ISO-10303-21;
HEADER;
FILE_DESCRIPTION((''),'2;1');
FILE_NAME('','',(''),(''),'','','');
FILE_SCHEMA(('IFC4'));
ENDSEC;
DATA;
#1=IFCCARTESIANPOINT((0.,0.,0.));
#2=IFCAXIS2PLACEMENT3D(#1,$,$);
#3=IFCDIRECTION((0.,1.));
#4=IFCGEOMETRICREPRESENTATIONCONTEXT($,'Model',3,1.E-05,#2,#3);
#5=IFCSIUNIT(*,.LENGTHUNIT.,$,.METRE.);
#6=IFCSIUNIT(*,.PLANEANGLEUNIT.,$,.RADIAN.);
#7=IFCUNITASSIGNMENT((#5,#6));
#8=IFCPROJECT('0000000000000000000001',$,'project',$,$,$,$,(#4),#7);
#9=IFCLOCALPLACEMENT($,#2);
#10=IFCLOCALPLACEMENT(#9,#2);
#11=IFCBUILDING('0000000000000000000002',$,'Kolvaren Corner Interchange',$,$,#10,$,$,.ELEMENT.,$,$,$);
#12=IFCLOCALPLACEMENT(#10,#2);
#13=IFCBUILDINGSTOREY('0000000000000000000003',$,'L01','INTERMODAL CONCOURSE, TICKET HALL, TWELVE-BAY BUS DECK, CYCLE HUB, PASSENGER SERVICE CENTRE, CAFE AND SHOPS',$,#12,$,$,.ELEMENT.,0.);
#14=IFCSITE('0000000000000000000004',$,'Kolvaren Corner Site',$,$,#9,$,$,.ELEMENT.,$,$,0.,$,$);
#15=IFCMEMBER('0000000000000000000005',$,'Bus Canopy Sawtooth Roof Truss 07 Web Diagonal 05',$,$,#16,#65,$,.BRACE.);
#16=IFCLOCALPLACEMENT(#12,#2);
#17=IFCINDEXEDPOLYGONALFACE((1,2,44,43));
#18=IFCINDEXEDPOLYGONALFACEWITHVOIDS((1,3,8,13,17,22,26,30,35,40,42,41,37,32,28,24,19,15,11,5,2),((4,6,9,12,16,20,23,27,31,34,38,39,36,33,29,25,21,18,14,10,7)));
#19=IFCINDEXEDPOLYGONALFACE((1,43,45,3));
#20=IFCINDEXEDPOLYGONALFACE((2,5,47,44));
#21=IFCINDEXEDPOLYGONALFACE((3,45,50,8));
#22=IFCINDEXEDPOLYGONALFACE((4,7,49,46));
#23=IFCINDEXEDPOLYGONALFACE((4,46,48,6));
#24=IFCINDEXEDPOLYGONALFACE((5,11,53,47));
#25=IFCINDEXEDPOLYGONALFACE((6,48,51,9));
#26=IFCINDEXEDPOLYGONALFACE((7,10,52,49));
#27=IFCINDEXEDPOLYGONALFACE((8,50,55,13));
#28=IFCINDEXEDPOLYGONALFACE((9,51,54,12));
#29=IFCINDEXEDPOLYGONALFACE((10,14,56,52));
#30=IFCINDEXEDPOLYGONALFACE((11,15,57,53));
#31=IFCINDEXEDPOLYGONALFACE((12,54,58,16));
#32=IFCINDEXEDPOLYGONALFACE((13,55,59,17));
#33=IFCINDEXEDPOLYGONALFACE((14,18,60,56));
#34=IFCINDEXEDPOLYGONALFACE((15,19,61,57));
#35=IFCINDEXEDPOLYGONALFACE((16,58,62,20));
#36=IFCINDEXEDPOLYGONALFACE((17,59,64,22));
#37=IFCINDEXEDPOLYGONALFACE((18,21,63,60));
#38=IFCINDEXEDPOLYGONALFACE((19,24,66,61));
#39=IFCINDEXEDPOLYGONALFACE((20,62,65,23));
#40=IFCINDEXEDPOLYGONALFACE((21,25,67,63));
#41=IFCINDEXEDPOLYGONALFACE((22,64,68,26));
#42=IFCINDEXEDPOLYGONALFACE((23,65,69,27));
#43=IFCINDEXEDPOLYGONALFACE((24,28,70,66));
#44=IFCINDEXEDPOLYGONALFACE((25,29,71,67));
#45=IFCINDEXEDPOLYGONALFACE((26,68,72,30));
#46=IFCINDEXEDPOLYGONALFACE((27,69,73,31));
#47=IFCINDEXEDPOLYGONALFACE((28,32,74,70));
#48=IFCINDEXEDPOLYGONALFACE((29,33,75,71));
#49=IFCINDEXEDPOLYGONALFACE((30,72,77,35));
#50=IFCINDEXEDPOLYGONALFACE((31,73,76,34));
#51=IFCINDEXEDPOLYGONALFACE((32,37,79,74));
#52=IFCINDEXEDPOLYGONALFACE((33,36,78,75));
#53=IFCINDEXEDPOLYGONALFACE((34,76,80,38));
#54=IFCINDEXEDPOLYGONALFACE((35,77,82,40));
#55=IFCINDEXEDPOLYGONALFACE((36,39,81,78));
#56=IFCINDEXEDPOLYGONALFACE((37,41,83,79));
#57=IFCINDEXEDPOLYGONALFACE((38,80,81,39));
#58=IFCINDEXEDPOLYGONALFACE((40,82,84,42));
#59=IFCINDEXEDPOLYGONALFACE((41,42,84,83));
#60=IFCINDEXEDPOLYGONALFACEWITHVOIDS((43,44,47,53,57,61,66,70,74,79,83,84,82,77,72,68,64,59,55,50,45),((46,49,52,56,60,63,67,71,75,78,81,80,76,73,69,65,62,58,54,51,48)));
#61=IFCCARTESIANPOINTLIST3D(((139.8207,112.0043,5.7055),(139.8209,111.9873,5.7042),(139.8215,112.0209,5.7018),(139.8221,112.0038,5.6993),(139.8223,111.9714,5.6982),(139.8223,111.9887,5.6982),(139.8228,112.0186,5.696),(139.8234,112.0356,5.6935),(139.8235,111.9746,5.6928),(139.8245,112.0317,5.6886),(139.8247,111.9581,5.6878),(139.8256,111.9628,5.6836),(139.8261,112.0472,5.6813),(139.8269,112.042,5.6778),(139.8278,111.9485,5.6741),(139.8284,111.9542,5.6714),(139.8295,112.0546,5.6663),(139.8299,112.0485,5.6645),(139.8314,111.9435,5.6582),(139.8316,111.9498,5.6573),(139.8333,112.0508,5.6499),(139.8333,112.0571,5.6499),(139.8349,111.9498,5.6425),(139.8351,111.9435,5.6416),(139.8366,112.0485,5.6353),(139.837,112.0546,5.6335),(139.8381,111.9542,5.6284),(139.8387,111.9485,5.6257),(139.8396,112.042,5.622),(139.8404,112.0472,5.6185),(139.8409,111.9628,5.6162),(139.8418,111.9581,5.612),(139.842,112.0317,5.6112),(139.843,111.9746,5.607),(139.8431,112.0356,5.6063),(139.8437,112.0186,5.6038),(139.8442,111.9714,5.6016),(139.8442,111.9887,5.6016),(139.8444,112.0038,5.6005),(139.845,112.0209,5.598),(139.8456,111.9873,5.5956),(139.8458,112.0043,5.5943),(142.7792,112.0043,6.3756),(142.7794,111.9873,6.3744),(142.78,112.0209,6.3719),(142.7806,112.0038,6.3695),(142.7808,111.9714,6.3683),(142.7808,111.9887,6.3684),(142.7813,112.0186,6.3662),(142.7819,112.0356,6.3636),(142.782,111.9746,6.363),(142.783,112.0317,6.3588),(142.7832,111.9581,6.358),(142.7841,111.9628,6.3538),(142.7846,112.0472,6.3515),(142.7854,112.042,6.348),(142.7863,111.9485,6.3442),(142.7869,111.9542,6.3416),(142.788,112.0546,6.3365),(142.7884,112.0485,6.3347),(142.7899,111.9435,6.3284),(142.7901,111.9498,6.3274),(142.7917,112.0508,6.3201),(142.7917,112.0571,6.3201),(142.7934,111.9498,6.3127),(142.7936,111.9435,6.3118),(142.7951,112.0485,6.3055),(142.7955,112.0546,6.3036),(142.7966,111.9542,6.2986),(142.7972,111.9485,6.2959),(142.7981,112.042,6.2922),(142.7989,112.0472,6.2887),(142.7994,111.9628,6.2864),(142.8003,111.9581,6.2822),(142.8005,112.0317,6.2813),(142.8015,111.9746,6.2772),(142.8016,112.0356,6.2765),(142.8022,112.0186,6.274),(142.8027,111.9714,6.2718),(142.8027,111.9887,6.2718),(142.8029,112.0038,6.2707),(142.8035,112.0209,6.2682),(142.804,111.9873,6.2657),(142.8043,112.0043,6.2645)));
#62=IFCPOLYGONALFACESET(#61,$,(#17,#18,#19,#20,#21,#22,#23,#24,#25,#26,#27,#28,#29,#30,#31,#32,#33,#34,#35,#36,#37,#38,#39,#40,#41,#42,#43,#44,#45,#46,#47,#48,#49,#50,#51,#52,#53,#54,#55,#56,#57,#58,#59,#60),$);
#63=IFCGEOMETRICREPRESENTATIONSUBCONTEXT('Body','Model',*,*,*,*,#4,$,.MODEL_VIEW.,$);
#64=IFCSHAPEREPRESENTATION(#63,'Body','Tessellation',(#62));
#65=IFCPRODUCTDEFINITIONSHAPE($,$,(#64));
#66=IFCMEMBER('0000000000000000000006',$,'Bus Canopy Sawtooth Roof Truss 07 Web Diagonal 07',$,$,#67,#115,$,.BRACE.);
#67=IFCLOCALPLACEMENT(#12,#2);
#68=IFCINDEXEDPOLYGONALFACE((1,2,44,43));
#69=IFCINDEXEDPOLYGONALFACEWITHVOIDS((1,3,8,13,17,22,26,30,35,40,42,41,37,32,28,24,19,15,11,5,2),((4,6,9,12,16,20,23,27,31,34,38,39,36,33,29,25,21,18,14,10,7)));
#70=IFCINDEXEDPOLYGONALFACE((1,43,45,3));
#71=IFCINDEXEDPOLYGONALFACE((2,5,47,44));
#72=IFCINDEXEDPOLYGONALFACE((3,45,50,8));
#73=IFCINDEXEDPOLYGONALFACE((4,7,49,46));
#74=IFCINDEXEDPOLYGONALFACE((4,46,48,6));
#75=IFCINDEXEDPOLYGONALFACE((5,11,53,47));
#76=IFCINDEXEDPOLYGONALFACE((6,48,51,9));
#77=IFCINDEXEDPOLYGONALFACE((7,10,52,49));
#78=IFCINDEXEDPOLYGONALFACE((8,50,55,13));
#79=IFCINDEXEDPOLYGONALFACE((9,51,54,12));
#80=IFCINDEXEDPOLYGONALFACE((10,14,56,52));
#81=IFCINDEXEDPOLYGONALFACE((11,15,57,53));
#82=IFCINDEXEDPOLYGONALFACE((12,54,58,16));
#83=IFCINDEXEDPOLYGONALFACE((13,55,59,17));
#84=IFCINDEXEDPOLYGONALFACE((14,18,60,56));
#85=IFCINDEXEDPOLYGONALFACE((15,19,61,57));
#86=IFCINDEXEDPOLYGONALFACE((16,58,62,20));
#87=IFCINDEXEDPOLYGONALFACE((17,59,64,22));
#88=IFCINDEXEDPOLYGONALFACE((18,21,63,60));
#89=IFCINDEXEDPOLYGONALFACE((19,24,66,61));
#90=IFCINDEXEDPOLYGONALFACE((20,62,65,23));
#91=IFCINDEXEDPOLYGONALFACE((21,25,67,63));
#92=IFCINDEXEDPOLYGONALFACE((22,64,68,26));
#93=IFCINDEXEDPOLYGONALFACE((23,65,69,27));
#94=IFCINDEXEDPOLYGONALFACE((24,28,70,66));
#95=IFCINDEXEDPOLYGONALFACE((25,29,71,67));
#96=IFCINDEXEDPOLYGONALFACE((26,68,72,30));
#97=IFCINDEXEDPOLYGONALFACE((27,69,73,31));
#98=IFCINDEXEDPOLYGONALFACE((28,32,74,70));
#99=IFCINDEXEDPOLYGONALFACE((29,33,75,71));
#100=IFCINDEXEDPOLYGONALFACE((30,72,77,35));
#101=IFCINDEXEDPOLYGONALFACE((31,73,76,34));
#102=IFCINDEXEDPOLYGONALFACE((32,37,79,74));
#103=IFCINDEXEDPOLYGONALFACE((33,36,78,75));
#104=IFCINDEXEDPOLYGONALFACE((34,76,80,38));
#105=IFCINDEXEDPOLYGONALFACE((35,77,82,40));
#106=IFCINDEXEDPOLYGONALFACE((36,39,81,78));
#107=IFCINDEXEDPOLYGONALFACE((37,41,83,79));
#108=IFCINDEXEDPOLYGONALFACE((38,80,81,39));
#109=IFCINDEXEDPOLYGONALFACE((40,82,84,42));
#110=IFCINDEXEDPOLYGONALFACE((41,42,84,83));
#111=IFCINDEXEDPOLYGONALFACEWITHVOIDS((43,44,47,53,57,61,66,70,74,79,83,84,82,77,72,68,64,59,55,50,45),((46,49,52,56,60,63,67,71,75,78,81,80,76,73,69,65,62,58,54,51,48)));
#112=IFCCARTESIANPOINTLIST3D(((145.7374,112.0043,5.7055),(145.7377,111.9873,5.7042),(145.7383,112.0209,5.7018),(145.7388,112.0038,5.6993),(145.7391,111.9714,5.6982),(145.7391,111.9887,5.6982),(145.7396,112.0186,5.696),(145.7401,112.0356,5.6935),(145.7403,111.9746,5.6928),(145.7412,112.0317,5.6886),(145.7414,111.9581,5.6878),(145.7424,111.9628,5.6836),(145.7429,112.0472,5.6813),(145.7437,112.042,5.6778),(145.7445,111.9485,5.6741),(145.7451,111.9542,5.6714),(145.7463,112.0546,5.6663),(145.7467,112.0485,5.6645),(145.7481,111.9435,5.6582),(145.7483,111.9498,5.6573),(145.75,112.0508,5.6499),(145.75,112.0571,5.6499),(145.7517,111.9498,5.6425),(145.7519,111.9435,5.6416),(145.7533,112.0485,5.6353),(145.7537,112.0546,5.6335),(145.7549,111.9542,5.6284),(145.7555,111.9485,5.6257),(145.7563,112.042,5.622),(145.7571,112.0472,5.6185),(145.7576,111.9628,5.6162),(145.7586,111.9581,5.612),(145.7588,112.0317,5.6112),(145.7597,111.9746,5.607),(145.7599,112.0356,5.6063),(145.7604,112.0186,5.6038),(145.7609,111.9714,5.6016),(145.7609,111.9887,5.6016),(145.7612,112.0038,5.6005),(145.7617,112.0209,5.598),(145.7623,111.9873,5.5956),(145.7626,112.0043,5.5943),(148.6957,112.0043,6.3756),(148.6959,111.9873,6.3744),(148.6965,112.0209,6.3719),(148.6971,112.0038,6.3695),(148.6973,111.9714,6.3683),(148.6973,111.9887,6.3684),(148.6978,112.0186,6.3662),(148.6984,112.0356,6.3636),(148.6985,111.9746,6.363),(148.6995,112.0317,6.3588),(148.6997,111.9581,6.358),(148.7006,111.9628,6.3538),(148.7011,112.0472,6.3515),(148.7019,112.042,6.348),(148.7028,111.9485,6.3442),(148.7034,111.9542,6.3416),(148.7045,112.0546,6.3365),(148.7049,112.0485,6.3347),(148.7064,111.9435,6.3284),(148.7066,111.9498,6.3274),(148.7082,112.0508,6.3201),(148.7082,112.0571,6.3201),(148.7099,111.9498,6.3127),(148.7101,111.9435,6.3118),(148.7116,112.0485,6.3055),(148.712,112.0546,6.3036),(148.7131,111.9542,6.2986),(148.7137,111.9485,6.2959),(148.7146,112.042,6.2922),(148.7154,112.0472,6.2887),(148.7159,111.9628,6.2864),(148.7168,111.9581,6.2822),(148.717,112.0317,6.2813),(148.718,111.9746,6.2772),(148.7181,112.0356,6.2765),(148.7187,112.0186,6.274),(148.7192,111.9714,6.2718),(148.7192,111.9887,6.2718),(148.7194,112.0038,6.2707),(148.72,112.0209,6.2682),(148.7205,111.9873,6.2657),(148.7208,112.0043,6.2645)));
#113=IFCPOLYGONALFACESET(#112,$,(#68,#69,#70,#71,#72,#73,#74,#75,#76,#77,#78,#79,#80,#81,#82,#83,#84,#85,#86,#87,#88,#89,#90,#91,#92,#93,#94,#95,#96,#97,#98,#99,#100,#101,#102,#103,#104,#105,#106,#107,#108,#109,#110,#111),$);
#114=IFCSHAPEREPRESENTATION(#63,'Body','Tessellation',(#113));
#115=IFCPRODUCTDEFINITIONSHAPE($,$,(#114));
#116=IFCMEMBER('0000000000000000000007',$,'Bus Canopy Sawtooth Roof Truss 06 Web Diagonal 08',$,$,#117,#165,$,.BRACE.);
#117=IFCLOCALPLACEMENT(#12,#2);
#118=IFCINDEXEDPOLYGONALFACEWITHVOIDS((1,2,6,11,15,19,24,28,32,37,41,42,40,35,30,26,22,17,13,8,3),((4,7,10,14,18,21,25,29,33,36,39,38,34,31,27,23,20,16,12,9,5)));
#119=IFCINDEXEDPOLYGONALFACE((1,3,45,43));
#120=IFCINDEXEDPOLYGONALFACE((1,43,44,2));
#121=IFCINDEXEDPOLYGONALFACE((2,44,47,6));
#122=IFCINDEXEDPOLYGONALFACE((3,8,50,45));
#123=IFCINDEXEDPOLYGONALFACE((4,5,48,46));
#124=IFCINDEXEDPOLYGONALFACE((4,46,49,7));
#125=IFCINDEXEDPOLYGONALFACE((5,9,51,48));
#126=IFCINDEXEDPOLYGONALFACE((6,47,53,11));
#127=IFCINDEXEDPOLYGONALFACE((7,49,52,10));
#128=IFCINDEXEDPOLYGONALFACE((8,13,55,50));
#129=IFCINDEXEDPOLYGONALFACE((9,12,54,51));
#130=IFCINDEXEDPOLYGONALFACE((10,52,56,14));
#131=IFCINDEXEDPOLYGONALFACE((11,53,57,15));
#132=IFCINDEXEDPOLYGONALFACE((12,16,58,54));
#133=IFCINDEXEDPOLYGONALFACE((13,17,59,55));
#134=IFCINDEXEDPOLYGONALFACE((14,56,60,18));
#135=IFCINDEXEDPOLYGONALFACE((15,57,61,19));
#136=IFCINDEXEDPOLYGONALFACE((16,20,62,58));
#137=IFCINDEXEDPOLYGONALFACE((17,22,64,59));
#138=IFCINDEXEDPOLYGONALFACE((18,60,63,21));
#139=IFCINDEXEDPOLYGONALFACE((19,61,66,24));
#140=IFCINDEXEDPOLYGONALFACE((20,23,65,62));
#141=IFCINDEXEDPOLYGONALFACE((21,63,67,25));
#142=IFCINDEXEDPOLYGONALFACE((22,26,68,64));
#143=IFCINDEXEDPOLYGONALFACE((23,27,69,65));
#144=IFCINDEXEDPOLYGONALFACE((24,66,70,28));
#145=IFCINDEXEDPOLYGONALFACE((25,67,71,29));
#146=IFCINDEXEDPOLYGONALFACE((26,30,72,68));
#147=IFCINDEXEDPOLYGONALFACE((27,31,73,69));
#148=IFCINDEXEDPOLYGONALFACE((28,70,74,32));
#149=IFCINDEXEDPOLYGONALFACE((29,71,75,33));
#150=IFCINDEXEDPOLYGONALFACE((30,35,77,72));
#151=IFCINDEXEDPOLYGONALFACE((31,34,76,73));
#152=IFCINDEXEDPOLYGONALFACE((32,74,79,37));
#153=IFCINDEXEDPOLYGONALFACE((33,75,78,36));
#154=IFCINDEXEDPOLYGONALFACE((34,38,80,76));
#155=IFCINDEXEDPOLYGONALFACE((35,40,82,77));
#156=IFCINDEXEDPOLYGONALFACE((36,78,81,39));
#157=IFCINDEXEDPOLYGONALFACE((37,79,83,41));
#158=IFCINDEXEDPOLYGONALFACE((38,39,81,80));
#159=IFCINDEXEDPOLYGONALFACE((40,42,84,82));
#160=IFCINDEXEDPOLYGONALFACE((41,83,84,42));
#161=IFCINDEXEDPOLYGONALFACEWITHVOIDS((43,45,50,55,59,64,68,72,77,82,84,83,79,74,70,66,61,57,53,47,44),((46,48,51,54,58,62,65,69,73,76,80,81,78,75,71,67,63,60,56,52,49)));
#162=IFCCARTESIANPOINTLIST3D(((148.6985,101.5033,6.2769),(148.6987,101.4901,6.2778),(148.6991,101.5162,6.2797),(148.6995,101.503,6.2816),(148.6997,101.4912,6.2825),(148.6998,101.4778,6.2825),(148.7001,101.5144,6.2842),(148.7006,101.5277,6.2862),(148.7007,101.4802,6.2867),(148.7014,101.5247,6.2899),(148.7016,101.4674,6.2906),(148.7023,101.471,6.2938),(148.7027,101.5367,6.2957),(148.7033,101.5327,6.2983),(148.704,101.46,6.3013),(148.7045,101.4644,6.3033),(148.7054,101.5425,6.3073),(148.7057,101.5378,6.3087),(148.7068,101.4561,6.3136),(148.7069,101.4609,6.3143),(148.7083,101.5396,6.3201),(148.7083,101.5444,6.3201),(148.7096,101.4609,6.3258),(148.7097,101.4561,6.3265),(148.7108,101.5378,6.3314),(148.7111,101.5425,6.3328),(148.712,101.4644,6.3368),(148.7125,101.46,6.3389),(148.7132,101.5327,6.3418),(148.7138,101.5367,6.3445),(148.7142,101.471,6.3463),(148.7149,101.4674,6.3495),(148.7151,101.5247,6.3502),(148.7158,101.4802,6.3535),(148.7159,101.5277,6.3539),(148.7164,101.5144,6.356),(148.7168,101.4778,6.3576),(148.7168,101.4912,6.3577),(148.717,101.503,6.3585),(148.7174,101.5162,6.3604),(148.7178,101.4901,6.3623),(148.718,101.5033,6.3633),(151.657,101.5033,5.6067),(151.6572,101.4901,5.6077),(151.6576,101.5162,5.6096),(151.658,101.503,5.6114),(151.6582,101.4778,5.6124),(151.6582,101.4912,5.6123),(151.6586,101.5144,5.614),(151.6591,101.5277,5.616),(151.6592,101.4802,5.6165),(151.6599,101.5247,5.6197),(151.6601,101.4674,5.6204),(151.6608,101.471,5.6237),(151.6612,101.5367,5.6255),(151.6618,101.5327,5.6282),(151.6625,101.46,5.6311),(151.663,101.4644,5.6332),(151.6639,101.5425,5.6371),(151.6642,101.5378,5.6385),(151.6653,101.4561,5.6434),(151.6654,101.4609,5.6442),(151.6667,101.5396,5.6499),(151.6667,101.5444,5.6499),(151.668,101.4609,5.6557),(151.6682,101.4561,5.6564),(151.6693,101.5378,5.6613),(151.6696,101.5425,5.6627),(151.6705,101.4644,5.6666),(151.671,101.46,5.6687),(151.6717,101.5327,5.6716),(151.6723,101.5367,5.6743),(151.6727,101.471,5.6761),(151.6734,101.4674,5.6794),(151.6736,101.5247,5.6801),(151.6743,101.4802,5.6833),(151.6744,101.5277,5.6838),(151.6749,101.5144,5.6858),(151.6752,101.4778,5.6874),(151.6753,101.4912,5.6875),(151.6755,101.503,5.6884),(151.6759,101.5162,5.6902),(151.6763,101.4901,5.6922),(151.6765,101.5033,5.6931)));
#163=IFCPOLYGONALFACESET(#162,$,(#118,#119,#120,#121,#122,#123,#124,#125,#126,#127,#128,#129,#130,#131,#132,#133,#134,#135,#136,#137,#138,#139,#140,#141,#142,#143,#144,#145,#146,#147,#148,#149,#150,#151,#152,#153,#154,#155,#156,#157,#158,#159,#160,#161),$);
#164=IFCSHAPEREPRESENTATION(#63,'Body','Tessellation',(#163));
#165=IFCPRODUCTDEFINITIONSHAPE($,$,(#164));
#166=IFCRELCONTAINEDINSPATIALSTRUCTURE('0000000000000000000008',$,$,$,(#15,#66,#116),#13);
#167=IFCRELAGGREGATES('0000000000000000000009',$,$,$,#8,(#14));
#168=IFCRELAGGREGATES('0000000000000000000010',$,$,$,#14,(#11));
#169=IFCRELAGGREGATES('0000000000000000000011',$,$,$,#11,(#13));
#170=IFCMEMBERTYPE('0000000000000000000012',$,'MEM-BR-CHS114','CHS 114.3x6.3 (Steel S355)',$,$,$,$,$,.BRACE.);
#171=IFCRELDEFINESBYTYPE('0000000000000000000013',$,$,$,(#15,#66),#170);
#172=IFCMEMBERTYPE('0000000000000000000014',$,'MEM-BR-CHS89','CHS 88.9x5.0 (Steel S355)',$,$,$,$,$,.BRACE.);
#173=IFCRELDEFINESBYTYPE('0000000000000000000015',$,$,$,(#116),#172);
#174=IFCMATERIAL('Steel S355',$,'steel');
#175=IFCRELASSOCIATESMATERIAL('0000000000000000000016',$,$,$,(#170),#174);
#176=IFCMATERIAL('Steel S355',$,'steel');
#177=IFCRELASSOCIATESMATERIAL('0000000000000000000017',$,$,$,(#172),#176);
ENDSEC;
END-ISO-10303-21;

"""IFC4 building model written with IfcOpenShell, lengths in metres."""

from ifc_helpers import new_model, si_unit, direction, frame, origin, origin_2d, place, context, subcontext, project, spatial, hollow_circle, extrude, material, material_profile, profile_set, type_object, element, save


model = new_model("IFC4")

# Units and contexts
model_context = context("Model", 3, precision=1e-05, world=origin(), true_north=direction((0.0, 1.0)))
body_context = subcontext(model_context, "Body", "Model", "MODEL_VIEW")
ifc_project = project(units=[si_unit("LENGTHUNIT", "METRE"), si_unit("PLANEANGLEUNIT", "RADIAN")], contexts=[model_context])

# Site, building, storey
site_placement = place(None, origin())
site = spatial("IfcSite", under=ifc_project, at=site_placement, Name="Kolvaren Corner Site", CompositionType="ELEMENT", RefElevation=0.0)
building_placement = place(site_placement, origin())
building = spatial("IfcBuilding", under=site, at=building_placement, Name="Kolvaren Corner Interchange", CompositionType="ELEMENT")
storey_placement = place(building_placement, origin())
storey = spatial("IfcBuildingStorey", under=building, at=storey_placement, Name="L01", Description="INTERMODAL CONCOURSE, TICKET HALL, TWELVE-BAY BUS DECK, CYCLE HUB, PASSENGER SERVICE CENTRE, CAFE AND SHOPS", CompositionType="ELEMENT", Elevation=0.0)

# Members
ifc_material_1 = material(Name="Steel S355", Category="steel")
ifc_material_profile_1 = material_profile(ifc_material_1, hollow_circle(Radius=0.0571, WallThickness=0.0063, at=origin_2d()), Name="CHS 114.3x6.3")
ifc_profile_set_1 = profile_set([ifc_material_profile_1], Name="Steel S355")
member_type_1 = type_object("IfcMemberType", Name="MEM-BR-CHS114", Description="CHS 114.3x6.3 (Steel S355)", PredefinedType="BRACE", material=ifc_profile_set_1)
member_1_placement = place(storey_placement, frame((139.8333, 112.0, 5.6499), z_axis=(0.975291, 0.0, 0.220925), x_axis=(0.0, 1.0, 0.0)))
element("IfcMember", 1, at=member_1_placement, inside=storey, type_object=member_type_1, Name="Bus Canopy Sawtooth Roof Truss 07 Web Diagonal 05", PredefinedType="BRACE", context=body_context, shape_type="SweptSolid", body=[
    extrude(hollow_circle(Radius=0.0571, WallThickness=0.0063, at=origin_2d()), origin(), (0.0, 0.0, 1.0), 3.0334),
])
member_2_placement = place(storey_placement, frame((145.75, 112.0, 5.6499), z_axis=(0.975287, 0.0, 0.220943), x_axis=(0.0, 1.0, 0.0)))
element("IfcMember", 2, at=member_2_placement, inside=storey, type_object=member_type_1, Name="Bus Canopy Sawtooth Roof Truss 07 Web Diagonal 07", PredefinedType="BRACE", context=body_context, shape_type="SweptSolid", body=[
    extrude(hollow_circle(Radius=0.0571, WallThickness=0.0063, at=origin_2d()), origin(), (0.0, 0.0, 1.0), 3.0332),
])
ifc_material_2 = material(Name="Steel S355", Category="steel")
ifc_material_profile_2 = material_profile(ifc_material_2, hollow_circle(Radius=0.0444, WallThickness=0.0049, at=origin_2d()), Name="CHS 88.9x5.0")
ifc_profile_set_2 = profile_set([ifc_material_profile_2], Name="Steel S355")
member_type_2 = type_object("IfcMemberType", Name="MEM-BR-CHS89", Description="CHS 88.9x5.0 (Steel S355)", PredefinedType="BRACE", material=ifc_profile_set_2)
member_3_placement = place(storey_placement, frame((148.7083, 101.5, 6.3201), z_axis=(0.975291, 0.0, -0.220925), x_axis=(0.0, 1.0, 0.0)))
element("IfcMember", 3, at=member_3_placement, inside=storey, type_object=member_type_2, Name="Bus Canopy Sawtooth Roof Truss 06 Web Diagonal 08", PredefinedType="BRACE", context=body_context, shape_type="SweptSolid", body=[
    extrude(hollow_circle(Radius=0.0444, WallThickness=0.0049, at=origin_2d()), origin(), (0.0, 0.0, 1.0), 3.0334),
])

save(model, "model.ifc")
